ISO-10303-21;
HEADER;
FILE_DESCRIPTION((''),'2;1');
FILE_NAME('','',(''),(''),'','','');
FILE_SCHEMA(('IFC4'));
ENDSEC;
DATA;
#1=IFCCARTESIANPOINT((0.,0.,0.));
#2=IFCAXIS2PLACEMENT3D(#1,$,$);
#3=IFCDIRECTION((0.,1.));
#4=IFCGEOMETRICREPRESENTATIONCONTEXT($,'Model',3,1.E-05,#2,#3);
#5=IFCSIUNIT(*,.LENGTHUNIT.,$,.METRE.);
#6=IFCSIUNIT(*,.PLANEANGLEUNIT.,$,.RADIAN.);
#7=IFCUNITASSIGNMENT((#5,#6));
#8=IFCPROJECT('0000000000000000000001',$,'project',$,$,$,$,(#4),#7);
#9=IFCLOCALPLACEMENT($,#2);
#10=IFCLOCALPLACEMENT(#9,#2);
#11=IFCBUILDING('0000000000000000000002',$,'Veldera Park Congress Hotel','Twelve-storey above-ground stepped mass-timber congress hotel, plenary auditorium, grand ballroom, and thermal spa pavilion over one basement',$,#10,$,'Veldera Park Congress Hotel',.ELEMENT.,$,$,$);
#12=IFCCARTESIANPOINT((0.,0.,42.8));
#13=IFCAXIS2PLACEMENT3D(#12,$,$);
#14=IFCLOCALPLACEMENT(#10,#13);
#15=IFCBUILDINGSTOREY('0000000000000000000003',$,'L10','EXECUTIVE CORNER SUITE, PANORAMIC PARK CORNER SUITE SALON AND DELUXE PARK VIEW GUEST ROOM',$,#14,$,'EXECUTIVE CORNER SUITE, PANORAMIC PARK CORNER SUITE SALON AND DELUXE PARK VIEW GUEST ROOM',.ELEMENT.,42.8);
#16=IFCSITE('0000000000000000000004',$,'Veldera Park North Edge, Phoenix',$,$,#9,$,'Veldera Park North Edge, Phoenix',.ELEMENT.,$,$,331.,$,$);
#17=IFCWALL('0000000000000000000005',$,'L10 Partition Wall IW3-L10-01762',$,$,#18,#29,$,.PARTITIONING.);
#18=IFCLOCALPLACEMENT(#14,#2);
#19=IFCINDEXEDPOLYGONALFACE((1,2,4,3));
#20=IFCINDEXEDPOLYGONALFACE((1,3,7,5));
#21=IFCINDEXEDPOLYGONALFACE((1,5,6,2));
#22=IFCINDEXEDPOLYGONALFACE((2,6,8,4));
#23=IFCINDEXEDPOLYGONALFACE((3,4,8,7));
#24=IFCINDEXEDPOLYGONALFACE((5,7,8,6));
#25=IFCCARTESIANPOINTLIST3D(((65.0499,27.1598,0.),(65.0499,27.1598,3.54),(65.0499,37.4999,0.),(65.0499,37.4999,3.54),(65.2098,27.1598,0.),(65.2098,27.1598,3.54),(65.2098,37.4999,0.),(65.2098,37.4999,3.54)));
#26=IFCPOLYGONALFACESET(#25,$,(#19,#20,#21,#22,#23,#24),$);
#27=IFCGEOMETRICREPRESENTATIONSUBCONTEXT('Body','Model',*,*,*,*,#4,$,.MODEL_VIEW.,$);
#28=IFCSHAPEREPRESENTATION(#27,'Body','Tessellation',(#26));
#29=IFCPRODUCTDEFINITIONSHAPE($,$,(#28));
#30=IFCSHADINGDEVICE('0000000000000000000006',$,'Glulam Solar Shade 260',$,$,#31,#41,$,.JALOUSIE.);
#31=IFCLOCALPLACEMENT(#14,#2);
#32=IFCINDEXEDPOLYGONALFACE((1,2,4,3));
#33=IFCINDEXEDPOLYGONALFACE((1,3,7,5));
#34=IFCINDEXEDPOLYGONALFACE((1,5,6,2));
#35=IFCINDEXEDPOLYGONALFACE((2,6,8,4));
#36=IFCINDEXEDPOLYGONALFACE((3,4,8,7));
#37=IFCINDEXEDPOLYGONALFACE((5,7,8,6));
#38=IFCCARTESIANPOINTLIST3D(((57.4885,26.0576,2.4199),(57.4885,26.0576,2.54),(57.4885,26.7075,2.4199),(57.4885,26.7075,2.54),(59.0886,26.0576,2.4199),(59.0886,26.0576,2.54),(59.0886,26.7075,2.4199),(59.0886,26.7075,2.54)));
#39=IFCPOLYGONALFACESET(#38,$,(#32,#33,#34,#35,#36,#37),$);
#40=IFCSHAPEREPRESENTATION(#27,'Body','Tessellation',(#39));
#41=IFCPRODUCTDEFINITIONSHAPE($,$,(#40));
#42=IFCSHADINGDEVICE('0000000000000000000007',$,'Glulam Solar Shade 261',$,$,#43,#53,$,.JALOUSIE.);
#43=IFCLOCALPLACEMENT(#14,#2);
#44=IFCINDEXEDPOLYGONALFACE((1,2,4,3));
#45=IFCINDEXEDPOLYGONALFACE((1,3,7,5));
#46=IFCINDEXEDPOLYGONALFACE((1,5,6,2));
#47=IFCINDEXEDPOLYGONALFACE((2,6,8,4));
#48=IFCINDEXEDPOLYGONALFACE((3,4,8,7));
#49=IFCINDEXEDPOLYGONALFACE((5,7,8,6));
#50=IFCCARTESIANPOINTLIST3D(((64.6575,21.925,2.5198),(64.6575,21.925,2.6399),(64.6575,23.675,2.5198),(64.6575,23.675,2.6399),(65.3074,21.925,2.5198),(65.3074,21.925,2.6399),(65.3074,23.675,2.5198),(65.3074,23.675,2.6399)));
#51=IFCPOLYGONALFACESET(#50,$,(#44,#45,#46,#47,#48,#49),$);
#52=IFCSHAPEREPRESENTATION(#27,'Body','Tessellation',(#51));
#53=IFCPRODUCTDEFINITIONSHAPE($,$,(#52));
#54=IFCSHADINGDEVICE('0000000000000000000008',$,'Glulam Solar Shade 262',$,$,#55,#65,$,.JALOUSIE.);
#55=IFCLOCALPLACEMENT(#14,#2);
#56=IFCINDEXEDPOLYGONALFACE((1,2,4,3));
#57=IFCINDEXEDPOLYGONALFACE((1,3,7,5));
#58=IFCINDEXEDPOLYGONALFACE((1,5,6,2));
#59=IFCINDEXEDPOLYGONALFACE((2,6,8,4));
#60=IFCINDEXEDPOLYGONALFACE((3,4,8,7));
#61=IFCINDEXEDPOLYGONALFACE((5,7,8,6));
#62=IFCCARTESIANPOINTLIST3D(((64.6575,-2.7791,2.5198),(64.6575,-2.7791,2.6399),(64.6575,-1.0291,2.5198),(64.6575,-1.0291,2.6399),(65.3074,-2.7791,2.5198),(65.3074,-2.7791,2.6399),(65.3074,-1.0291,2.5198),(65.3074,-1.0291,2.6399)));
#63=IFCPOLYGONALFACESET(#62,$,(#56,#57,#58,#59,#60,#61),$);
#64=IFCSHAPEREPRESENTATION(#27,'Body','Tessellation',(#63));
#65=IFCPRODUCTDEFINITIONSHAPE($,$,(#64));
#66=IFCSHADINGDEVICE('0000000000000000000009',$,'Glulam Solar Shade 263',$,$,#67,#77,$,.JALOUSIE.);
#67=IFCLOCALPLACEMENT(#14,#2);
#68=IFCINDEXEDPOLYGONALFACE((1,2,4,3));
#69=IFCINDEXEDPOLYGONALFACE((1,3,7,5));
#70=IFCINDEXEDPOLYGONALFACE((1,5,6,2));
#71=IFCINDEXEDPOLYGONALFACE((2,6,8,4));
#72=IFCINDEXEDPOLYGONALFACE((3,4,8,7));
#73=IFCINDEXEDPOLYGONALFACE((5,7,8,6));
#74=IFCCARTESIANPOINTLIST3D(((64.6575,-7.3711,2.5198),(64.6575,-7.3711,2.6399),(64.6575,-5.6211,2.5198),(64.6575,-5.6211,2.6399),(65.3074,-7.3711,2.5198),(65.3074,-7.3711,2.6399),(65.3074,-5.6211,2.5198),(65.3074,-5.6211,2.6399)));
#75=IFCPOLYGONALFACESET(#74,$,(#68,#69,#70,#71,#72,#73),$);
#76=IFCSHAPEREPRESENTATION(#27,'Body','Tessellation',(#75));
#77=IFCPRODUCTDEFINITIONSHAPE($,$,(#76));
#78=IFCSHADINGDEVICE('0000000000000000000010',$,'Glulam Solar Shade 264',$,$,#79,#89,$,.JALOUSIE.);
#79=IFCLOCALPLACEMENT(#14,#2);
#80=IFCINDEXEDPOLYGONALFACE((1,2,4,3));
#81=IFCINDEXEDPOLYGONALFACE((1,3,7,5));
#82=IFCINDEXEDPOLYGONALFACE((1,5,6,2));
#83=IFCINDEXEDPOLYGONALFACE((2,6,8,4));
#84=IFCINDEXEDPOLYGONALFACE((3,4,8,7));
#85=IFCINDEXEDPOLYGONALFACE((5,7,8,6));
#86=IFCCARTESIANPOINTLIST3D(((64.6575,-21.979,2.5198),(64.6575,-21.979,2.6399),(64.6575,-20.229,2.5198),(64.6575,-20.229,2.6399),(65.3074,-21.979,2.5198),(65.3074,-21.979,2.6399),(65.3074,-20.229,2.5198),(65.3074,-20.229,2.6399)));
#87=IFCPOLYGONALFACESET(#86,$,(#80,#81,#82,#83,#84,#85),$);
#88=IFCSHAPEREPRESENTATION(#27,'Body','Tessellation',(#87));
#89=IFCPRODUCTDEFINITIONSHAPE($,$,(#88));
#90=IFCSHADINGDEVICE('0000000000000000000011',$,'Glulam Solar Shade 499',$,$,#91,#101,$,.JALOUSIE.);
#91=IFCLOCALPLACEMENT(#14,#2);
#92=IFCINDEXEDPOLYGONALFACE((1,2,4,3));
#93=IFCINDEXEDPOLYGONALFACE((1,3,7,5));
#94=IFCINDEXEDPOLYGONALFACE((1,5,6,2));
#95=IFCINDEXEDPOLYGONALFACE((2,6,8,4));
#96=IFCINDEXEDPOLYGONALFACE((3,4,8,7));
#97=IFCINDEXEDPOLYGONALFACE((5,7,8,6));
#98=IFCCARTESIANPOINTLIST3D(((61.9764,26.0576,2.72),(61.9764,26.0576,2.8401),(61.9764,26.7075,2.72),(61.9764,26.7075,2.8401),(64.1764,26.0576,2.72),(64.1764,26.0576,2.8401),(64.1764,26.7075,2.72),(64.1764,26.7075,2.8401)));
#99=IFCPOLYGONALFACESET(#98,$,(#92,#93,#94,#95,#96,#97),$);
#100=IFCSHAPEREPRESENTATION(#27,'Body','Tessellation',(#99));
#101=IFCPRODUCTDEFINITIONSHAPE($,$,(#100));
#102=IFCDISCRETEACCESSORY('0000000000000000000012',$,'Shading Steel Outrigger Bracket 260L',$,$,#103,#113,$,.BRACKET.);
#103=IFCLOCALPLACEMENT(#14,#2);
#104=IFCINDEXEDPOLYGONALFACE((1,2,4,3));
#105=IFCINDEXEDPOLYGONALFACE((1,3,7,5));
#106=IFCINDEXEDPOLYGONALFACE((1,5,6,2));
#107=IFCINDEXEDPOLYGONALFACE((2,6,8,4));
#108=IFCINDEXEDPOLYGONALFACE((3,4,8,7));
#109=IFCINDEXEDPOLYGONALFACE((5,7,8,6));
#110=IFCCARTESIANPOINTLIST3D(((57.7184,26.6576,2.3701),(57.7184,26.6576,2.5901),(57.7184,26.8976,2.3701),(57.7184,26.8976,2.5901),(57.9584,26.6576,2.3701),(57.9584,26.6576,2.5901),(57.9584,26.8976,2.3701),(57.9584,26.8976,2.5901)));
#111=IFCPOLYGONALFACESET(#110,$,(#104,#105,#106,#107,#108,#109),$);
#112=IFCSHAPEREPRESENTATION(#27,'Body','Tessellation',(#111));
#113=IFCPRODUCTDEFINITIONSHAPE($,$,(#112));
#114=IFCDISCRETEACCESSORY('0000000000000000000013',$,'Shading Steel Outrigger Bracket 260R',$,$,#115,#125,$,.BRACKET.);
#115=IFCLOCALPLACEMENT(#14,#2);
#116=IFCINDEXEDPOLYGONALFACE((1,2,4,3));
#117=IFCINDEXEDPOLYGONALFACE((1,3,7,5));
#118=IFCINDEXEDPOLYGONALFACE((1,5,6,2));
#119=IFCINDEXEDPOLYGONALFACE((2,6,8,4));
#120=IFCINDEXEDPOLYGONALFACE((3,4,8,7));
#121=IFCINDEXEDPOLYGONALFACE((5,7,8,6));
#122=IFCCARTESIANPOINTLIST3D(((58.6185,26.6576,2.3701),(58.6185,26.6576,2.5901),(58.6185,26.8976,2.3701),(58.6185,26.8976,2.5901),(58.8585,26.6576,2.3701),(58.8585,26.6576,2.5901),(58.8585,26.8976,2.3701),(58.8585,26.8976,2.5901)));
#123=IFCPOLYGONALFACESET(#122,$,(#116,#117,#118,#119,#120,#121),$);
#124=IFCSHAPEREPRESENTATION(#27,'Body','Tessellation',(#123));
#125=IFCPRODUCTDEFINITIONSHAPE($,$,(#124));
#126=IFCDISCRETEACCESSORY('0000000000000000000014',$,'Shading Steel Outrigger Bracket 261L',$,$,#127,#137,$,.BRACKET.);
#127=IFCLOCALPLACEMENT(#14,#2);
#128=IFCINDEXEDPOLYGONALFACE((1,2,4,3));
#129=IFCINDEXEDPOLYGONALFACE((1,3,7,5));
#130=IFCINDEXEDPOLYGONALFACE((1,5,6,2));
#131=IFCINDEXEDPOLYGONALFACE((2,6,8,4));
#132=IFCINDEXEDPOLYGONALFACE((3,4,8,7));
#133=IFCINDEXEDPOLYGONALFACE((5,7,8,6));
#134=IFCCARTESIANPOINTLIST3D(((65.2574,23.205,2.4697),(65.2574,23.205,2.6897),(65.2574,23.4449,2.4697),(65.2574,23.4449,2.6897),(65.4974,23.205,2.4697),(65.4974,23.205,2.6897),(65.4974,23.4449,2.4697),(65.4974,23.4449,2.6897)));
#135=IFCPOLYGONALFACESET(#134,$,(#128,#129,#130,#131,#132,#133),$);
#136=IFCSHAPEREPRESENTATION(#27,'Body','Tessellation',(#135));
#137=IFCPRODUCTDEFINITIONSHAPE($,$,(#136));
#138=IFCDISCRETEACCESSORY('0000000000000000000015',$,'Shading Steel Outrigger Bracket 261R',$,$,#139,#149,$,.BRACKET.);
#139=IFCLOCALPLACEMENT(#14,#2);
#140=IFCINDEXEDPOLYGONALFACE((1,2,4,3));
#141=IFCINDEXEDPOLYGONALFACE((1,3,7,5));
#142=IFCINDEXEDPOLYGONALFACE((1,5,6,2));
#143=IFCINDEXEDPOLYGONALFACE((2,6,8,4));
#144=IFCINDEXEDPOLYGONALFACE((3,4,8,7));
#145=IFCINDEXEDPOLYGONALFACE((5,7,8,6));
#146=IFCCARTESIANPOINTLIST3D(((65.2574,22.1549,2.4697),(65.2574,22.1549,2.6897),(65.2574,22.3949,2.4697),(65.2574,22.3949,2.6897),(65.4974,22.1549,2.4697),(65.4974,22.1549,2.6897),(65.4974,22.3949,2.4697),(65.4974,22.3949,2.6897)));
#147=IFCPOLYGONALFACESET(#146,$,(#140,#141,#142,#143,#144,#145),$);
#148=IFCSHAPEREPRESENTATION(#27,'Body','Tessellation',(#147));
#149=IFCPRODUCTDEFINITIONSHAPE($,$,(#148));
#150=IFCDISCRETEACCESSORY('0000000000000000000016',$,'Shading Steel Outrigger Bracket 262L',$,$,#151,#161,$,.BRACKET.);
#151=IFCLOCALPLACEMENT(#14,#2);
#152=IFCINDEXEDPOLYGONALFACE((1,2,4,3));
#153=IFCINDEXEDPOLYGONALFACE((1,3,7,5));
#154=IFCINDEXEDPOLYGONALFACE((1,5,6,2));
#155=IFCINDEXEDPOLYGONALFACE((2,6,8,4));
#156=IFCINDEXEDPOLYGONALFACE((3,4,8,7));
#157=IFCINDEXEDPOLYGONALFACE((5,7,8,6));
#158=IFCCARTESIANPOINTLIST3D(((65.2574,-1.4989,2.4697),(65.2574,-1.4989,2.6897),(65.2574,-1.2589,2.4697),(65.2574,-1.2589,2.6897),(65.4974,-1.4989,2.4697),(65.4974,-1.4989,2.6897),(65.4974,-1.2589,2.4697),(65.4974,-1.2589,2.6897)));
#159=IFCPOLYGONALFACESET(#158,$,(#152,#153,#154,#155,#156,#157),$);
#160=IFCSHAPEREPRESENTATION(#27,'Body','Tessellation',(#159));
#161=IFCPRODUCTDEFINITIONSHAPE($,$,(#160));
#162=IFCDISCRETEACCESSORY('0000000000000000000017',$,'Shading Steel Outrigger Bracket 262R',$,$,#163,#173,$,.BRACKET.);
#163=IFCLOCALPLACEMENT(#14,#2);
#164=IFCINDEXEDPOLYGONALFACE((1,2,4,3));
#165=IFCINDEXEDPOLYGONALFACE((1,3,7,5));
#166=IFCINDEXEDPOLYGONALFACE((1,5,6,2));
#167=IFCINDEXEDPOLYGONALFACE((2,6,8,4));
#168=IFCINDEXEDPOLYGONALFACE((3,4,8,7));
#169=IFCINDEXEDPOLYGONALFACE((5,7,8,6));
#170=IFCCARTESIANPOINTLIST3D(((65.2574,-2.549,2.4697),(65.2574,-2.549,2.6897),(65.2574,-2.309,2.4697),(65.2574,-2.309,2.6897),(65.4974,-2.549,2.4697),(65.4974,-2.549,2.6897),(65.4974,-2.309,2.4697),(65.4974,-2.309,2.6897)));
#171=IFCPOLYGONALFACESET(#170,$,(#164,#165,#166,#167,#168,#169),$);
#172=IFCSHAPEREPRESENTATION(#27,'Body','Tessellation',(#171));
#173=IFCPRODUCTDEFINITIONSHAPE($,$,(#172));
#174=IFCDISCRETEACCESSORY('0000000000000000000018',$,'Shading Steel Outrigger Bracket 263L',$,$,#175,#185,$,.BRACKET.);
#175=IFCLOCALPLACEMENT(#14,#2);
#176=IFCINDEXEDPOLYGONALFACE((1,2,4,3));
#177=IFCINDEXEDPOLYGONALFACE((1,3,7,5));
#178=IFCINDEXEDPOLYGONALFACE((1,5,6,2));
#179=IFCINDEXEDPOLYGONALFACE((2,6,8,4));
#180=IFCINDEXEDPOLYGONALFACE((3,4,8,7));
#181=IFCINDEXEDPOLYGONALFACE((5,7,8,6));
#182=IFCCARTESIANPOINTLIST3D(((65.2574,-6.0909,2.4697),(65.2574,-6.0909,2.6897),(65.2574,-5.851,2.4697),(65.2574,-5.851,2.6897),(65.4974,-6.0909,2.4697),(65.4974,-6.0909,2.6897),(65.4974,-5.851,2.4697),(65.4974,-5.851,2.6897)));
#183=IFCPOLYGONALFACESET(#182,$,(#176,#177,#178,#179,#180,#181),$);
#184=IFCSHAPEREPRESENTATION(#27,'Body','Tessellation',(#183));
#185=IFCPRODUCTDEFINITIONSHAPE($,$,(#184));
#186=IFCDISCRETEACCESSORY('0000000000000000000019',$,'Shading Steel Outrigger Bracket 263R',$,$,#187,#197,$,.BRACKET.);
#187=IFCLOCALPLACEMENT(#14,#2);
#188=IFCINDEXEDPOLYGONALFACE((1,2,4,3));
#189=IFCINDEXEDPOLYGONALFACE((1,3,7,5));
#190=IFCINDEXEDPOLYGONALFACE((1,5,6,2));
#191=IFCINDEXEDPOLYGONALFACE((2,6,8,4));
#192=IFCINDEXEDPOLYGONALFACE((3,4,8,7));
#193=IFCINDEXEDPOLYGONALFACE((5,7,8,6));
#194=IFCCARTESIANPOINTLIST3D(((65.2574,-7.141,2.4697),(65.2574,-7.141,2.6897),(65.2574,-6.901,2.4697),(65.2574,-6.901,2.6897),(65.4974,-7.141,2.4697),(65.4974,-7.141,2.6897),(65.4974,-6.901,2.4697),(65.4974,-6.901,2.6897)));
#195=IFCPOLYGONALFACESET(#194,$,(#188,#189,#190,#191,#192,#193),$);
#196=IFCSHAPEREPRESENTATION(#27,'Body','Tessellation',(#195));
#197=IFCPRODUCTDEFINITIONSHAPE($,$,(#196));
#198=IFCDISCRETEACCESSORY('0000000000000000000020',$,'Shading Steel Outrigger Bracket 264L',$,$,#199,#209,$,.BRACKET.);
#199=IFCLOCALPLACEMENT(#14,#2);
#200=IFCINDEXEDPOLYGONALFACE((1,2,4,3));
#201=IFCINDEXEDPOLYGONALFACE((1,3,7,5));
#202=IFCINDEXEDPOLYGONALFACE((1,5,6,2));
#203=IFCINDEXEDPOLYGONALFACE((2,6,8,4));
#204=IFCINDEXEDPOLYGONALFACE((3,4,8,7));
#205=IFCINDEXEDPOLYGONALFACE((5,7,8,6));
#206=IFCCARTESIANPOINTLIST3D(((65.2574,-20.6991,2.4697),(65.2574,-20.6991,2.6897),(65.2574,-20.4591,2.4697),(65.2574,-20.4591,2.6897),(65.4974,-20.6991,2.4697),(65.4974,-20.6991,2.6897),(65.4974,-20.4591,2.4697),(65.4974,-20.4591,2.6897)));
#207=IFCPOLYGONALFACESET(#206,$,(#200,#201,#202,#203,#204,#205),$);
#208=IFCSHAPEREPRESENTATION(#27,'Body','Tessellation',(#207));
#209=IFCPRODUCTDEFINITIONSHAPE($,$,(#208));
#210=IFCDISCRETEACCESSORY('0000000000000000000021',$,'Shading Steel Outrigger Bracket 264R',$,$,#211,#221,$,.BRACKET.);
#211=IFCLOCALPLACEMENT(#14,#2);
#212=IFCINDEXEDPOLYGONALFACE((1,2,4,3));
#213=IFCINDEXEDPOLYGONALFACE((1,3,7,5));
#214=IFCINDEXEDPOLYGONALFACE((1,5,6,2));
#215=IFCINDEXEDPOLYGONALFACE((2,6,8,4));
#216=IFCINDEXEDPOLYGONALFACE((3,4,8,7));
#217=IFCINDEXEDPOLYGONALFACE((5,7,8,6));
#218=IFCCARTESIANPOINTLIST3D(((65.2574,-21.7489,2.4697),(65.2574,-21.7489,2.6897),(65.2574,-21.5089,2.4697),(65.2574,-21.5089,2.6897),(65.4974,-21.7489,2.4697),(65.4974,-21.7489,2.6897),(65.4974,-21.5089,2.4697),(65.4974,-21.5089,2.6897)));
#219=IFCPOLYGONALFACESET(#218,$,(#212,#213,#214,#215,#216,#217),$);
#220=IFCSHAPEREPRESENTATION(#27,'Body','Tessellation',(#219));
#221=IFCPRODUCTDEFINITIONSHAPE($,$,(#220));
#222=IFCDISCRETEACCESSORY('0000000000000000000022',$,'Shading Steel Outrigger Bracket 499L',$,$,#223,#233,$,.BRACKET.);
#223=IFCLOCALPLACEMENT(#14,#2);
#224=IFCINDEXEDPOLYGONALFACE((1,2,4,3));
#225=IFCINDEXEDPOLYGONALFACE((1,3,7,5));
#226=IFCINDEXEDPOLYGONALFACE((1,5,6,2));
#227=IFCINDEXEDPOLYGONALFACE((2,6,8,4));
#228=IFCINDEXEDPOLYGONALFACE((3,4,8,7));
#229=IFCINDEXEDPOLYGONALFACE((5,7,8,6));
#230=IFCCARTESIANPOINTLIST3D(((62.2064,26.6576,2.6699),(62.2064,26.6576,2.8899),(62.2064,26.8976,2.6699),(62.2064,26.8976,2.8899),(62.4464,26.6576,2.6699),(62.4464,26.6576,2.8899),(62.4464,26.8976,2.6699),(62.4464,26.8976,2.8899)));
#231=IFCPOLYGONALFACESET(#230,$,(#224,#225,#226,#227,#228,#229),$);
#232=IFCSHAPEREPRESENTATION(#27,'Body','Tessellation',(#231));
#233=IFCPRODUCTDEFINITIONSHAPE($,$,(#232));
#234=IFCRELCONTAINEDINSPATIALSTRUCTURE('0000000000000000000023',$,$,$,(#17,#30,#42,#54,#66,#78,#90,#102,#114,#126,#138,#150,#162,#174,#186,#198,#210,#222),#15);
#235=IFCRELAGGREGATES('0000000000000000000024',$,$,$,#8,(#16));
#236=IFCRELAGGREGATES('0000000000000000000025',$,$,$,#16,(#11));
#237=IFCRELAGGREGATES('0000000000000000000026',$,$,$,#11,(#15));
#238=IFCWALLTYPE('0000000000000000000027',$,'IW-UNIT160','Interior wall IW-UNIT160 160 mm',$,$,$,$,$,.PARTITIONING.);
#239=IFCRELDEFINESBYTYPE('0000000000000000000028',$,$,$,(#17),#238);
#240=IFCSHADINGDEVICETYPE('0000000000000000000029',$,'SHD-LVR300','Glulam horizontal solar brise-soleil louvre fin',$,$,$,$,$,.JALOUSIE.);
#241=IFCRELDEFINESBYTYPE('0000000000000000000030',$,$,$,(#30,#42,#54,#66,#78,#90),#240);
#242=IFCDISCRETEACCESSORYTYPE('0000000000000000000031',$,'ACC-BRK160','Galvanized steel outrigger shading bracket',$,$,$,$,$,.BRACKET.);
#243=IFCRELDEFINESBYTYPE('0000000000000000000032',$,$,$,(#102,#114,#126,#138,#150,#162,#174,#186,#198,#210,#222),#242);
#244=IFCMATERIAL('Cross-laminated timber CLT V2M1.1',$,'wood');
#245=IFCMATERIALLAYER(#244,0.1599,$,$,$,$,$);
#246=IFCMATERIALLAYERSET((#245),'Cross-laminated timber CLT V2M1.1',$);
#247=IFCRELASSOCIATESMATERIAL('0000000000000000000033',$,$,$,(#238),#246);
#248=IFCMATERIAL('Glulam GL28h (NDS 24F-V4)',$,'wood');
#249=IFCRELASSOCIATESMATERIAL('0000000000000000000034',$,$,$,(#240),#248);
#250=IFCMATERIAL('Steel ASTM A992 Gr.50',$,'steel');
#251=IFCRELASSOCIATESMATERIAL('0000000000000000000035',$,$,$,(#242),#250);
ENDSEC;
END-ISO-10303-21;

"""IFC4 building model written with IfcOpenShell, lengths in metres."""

from ifc_helpers import new_model, si_unit, direction, frame, frame_2d, origin, origin_2d, place, context, subcontext, project, spatial, rectangle, extrude, material, layer, layer_set, type_object, element, save


model = new_model("IFC4")

# Units and contexts
model_context = context("Model", 3, precision=1e-05, world=origin(), true_north=direction((0.0, 1.0)))
body_context = subcontext(model_context, "Body", "Model", "MODEL_VIEW")
ifc_project = project(units=[si_unit("LENGTHUNIT", "METRE"), si_unit("PLANEANGLEUNIT", "RADIAN")], contexts=[model_context])

# Site, building, storey
site_placement = place(None, origin())
site = spatial("IfcSite", under=ifc_project, at=site_placement, Name="Veldera Park North Edge, Phoenix", LongName="Veldera Park North Edge, Phoenix", CompositionType="ELEMENT", RefElevation=331.0)
building_placement = place(site_placement, origin())
building = spatial("IfcBuilding", under=site, at=building_placement, Name="Veldera Park Congress Hotel", Description="Twelve-storey above-ground stepped mass-timber congress hotel, plenary auditorium, grand ballroom, and thermal spa pavilion over one basement", LongName="Veldera Park Congress Hotel", CompositionType="ELEMENT")
storey_placement = place(building_placement, frame((0.0, 0.0, 42.8)))
storey = spatial("IfcBuildingStorey", under=building, at=storey_placement, Name="L10", Description="EXECUTIVE CORNER SUITE, PANORAMIC PARK CORNER SUITE SALON AND DELUXE PARK VIEW GUEST ROOM", LongName="EXECUTIVE CORNER SUITE, PANORAMIC PARK CORNER SUITE SALON AND DELUXE PARK VIEW GUEST ROOM", CompositionType="ELEMENT", Elevation=42.8)

# Shared definitions
ifc_material_1 = material(Name="Glulam GL28h (NDS 24F-V4)", Category="wood")

# Shared definitions
ifc_material_2 = material(Name="Cross-laminated timber CLT V2M1.1", Category="wood")

# Wall
ifc_layer_1 = layer(ifc_material_2, 0.1599)
ifc_layer_set_1 = layer_set([ifc_layer_1], Name="Cross-laminated timber CLT V2M1.1")
wall_type_1 = type_object("IfcWallType", Name="IW-UNIT160", Description="Interior wall IW-UNIT160 160 mm", PredefinedType="PARTITIONING", material=ifc_layer_set_1)
wall_1_placement = place(storey_placement, frame((65.1299, 27.1599, 0.0), z_axis=(0.0, 0.0, 1.0), x_axis=(0.0, 1.0, 0.0)))
element("IfcWall", 1, at=wall_1_placement, inside=storey, type_object=wall_type_1, Name="L10 Partition Wall IW3-L10-01762", PredefinedType="PARTITIONING", context=body_context, shape_type="SweptSolid", body=[
    extrude(rectangle(XDim=10.3401, YDim=0.1599, at=frame_2d((5.1699, 0.0))), origin(), (0.0, 0.0, 1.0), 3.54),
])

# Shading devices
shading_device_type = type_object("IfcShadingDeviceType", Name="SHD-LVR300", Description="Glulam horizontal solar brise-soleil louvre fin", PredefinedType="JALOUSIE", material=ifc_material_1)
shading_device_1_placement = place(storey_placement, frame((58.2886, 26.3826, 2.4199), z_axis=(0.0, 0.0, 1.0), x_axis=(1.0, 0.0, 0.0)))
element("IfcShadingDevice", 2, at=shading_device_1_placement, inside=storey, type_object=shading_device_type, Name="Glulam Solar Shade 260", PredefinedType="JALOUSIE", context=body_context, shape_type="SweptSolid", body=[
    extrude(rectangle(XDim=1.6001, YDim=0.6499, at=origin_2d()), origin(), (0.0, 0.0, 1.0), 0.1201),
])
for number, where, z_axis, x_axis, name in (
    (3, (64.9824, 22.8, 2.5198), (0.0, 0.0, 1.0), (0.0, -1.0, 0.0), "Glulam Solar Shade 261"),
    (4, (64.9824, -1.9041, 2.5198), (0.0, 0.0, 1.0), (0.0, -1.0, 0.0), "Glulam Solar Shade 262"),
    (5, (64.9824, -6.4961, 2.5198), (0.0, 0.0, 1.0), (0.0, -1.0, 0.0), "Glulam Solar Shade 263"),
    (6, (64.9824, -21.104, 2.5198), (0.0, 0.0, 1.0), (0.0, -1.0, 0.0), "Glulam Solar Shade 264"),
):
    element("IfcShadingDevice", number, at=place(storey_placement, frame(where, z_axis=z_axis, x_axis=x_axis)), inside=storey, type_object=shading_device_type, Name=name, PredefinedType="JALOUSIE", context=body_context, shape_type="SweptSolid", body=[
        extrude(rectangle(XDim=1.75, YDim=0.6499, at=origin_2d()), origin(), (0.0, 0.0, 1.0), 0.1201),
    ])
shading_device_2_placement = place(storey_placement, frame((63.0764, 26.3826, 2.72), z_axis=(0.0, 0.0, 1.0), x_axis=(1.0, 0.0, 0.0)))
element("IfcShadingDevice", 7, at=shading_device_2_placement, inside=storey, type_object=shading_device_type, Name="Glulam Solar Shade 499", PredefinedType="JALOUSIE", context=body_context, shape_type="SweptSolid", body=[
    extrude(rectangle(XDim=2.2, YDim=0.6499, at=origin_2d()), origin(), (0.0, 0.0, 1.0), 0.1201),
])

# Discrete accessories
ifc_material_3 = material(Name="Steel ASTM A992 Gr.50", Category="steel")
discrete_accessory_type = type_object("IfcDiscreteAccessoryType", Name="ACC-BRK160", Description="Galvanized steel outrigger shading bracket", PredefinedType="BRACKET", material=ifc_material_3)
for number, where, z_axis, x_axis, name in (
    (8, (57.8384, 26.7776, 2.3701), (0.0, 0.0, 1.0), (1.0, 0.0, 0.0), "Shading Steel Outrigger Bracket 260L"),
    (9, (58.7385, 26.7776, 2.3701), (0.0, 0.0, 1.0), (1.0, 0.0, 0.0), "Shading Steel Outrigger Bracket 260R"),
    (10, (65.3774, 23.325, 2.4697), (0.0, 0.0, 1.0), (0.0, -1.0, 0.0), "Shading Steel Outrigger Bracket 261L"),
    (11, (65.3774, 22.2749, 2.4697), (0.0, 0.0, 1.0), (0.0, -1.0, 0.0), "Shading Steel Outrigger Bracket 261R"),
    (12, (65.3774, -1.3789, 2.4697), (0.0, 0.0, 1.0), (0.0, -1.0, 0.0), "Shading Steel Outrigger Bracket 262L"),
    (13, (65.3774, -2.429, 2.4697), (0.0, 0.0, 1.0), (0.0, -1.0, 0.0), "Shading Steel Outrigger Bracket 262R"),
    (14, (65.3774, -5.9709, 2.4697), (0.0, 0.0, 1.0), (0.0, -1.0, 0.0), "Shading Steel Outrigger Bracket 263L"),
    (15, (65.3774, -7.021, 2.4697), (0.0, 0.0, 1.0), (0.0, -1.0, 0.0), "Shading Steel Outrigger Bracket 263R"),
    (16, (65.3774, -20.5791, 2.4697), (0.0, 0.0, 1.0), (0.0, -1.0, 0.0), "Shading Steel Outrigger Bracket 264L"),
    (17, (65.3774, -21.6289, 2.4697), (0.0, 0.0, 1.0), (0.0, -1.0, 0.0), "Shading Steel Outrigger Bracket 264R"),
    (18, (62.3264, 26.7776, 2.6699), (0.0, 0.0, 1.0), (1.0, 0.0, 0.0), "Shading Steel Outrigger Bracket 499L"),
):
    element("IfcDiscreteAccessory", number, at=place(storey_placement, frame(where, z_axis=z_axis, x_axis=x_axis)), inside=storey, type_object=discrete_accessory_type, Name=name, PredefinedType="BRACKET", context=body_context, shape_type="SweptSolid", body=[
        extrude(rectangle(XDim=0.24, YDim=0.24, at=origin_2d()), origin(), (0.0, 0.0, 1.0), 0.22),
    ])

save(model, "model.ifc")
